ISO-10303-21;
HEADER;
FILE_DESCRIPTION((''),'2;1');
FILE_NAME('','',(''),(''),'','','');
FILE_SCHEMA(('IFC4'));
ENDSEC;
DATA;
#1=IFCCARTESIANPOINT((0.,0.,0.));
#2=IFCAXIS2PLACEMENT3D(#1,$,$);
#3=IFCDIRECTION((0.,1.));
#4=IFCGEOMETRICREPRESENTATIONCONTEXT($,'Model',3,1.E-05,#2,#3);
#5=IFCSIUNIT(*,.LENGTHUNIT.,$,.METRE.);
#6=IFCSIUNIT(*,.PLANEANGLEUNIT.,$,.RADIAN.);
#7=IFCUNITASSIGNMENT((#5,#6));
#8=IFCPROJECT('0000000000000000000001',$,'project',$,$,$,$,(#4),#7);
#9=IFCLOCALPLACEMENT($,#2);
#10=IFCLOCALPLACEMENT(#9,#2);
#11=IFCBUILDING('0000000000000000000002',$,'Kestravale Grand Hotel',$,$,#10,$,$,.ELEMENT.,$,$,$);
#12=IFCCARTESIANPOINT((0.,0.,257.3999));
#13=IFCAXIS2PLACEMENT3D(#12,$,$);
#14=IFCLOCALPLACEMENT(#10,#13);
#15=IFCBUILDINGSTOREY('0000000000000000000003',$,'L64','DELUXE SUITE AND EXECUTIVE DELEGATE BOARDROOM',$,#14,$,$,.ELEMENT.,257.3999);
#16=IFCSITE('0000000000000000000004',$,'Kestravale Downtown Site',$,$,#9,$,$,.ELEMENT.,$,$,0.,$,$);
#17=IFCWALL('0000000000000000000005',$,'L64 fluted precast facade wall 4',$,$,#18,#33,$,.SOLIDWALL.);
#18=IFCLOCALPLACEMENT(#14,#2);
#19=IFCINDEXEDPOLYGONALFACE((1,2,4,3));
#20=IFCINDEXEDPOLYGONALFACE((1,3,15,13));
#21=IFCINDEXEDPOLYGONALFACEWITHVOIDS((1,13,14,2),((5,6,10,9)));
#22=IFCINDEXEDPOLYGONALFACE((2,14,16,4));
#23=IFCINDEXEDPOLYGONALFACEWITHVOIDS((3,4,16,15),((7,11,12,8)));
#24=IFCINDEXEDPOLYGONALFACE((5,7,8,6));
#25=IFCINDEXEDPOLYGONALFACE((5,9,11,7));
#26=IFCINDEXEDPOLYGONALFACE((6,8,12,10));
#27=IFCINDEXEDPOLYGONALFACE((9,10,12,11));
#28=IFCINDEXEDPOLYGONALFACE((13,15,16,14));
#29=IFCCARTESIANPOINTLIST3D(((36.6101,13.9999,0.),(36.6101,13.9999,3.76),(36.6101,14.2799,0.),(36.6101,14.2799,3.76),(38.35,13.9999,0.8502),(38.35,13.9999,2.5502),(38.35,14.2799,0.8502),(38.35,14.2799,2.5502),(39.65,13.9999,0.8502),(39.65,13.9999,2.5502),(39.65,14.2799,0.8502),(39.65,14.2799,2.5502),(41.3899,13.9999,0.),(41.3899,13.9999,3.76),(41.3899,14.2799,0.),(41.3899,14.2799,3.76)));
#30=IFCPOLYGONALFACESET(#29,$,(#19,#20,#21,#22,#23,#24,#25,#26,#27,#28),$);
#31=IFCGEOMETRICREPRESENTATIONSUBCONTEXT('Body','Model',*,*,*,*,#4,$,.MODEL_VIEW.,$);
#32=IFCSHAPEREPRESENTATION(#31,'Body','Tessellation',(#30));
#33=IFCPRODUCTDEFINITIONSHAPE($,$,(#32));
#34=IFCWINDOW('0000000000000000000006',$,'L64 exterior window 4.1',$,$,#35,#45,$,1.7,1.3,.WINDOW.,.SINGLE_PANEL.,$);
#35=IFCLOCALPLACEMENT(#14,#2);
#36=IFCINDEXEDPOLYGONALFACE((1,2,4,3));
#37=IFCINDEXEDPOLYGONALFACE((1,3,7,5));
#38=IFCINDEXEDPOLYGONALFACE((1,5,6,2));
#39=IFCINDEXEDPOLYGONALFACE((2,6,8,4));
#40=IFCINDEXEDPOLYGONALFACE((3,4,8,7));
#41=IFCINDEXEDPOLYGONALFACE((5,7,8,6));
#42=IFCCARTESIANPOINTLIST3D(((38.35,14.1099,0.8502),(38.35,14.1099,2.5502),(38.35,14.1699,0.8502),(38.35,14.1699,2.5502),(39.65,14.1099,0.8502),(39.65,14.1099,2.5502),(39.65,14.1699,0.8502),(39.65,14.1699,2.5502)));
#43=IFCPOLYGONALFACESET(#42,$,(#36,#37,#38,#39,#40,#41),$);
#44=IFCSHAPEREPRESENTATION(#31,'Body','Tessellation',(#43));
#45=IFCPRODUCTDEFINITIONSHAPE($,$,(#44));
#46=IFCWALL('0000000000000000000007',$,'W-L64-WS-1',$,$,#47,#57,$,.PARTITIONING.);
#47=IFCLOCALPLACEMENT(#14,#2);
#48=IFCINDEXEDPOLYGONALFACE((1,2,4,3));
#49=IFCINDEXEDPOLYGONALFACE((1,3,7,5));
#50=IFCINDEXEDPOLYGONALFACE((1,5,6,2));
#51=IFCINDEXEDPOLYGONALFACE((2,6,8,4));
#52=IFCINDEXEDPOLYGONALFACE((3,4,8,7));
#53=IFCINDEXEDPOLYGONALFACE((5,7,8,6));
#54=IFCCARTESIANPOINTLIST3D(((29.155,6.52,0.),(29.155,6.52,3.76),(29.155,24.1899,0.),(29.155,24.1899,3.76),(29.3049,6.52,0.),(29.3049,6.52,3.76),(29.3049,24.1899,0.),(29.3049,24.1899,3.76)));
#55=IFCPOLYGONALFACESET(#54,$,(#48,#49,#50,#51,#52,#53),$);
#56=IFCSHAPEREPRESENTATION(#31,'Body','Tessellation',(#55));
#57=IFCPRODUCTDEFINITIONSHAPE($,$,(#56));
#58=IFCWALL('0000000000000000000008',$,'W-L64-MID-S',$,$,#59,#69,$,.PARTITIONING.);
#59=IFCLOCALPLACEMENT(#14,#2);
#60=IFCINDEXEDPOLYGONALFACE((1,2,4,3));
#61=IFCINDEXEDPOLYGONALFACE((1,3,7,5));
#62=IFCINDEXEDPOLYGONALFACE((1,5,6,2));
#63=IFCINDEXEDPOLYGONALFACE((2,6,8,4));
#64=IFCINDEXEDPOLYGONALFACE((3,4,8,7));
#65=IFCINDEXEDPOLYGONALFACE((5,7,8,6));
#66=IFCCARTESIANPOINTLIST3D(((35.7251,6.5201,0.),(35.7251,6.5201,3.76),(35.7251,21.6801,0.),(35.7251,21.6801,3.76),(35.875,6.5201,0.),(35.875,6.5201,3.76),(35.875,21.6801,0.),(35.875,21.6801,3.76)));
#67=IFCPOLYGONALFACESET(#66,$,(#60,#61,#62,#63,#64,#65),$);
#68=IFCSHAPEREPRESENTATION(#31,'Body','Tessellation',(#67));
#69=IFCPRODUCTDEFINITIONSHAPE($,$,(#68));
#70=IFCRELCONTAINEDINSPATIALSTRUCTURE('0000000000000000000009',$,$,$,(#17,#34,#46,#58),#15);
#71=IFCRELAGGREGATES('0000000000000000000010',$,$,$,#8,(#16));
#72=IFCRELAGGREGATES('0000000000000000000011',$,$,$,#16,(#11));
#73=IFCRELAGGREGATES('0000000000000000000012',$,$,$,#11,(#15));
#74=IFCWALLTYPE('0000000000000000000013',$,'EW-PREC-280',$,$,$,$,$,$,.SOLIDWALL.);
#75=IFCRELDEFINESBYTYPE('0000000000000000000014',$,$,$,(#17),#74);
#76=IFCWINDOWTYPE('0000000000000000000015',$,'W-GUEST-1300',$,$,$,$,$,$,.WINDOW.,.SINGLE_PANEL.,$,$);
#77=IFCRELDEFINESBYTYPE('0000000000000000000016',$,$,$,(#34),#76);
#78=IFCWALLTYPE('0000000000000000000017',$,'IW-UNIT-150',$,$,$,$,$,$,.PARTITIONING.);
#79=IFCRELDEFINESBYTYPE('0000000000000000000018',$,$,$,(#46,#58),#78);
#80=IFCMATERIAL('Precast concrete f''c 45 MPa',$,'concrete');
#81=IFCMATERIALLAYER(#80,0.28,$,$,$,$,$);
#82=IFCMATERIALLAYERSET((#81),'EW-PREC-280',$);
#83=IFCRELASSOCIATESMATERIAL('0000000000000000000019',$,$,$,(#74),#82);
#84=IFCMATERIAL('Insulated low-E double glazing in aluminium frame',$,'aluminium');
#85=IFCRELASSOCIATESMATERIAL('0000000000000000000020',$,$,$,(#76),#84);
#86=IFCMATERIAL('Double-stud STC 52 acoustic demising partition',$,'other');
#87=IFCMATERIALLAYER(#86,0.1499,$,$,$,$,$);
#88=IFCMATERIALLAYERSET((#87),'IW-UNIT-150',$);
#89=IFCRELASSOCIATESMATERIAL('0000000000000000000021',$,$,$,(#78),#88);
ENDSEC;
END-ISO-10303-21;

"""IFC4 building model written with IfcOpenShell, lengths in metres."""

from ifc_helpers import new_model, si_unit, direction, frame, frame_2d, origin, place, context, subcontext, project, spatial, rectangle, extrude, material, layer, layer_set, type_object, element, fill, save


model = new_model("IFC4")

# Units and contexts
model_context = context("Model", 3, precision=1e-05, world=origin(), true_north=direction((0.0, 1.0)))
body_context = subcontext(model_context, "Body", "Model", "MODEL_VIEW")
ifc_project = project(units=[si_unit("LENGTHUNIT", "METRE"), si_unit("PLANEANGLEUNIT", "RADIAN")], contexts=[model_context])

# Site, building, storey
site_placement = place(None, origin())
site = spatial("IfcSite", under=ifc_project, at=site_placement, Name="Kestravale Downtown Site", CompositionType="ELEMENT", RefElevation=0.0)
building_placement = place(site_placement, origin())
building = spatial("IfcBuilding", under=site, at=building_placement, Name="Kestravale Grand Hotel", CompositionType="ELEMENT")
storey_placement = place(building_placement, frame((0.0, 0.0, 257.3999)))
storey = spatial("IfcBuildingStorey", under=building, at=storey_placement, Name="L64", Description="DELUXE SUITE AND EXECUTIVE DELEGATE BOARDROOM", CompositionType="ELEMENT", Elevation=257.3999)

# Shared definitions
ifc_material_1 = material(Name="Precast concrete f'c 45 MPa", Category="concrete")
ifc_layer_1 = layer(ifc_material_1, 0.28)
ifc_layer_set_1 = layer_set([ifc_layer_1], Name="EW-PREC-280")
wall_type_1 = type_object("IfcWallType", Name="EW-PREC-280", PredefinedType="SOLIDWALL", material=ifc_layer_set_1)

# Wall, opening, window
ifc_material_2 = material(Name="Insulated low-E double glazing in aluminium frame", Category="aluminium")
window_type = type_object("IfcWindowType", Name="W-GUEST-1300", PartitioningType="SINGLE_PANEL", PredefinedType="WINDOW", material=ifc_material_2)
wall_1_placement = place(storey_placement, frame((36.6101, 14.1399, 0.0), z_axis=(0.0, 0.0, 1.0), x_axis=(1.0, 0.0, 0.0)))
wall_1 = element("IfcWall", 1, at=wall_1_placement, inside=storey, type_object=wall_type_1, Name="L64 fluted precast facade wall 4", PredefinedType="SOLIDWALL", context=body_context, shape_type="SweptSolid", body=[
    extrude(rectangle(XDim=4.7798, YDim=0.28, at=frame_2d((2.3899, 0.0))), origin(), (0.0, 0.0, 1.0), 3.76),
])
opening_1_placement = place(wall_1_placement, frame((1.74, 0.0, 0.8501)))
opening_1 = element("IfcOpeningElement", 2, at=opening_1_placement, cuts=wall_1, PredefinedType="OPENING", context=body_context, shape_type="SweptSolid", body=[
    extrude(rectangle(XDim=1.3, YDim=1.7, at=frame_2d((0.6499, 0.8501))), frame((0.0, 0.1499, 0.0), z_axis=(0.0, -1.0, 0.0), x_axis=(1.0, 0.0, 0.0)), (0.0, 0.0, 1.0), 0.3),
])
window_1_placement = place(opening_1_placement, origin())
window_1 = element("IfcWindow", 3, at=window_1_placement, inside=storey, type_object=window_type, Name="L64 exterior window 4.1", OverallHeight=1.7, OverallWidth=1.3, PartitioningType="SINGLE_PANEL", PredefinedType="WINDOW", context=body_context, shape_type="SweptSolid", body=[
    extrude(rectangle(XDim=1.3, YDim=1.7, at=frame_2d((0.6499, 0.8501))), frame((0.0, 0.03, 0.0), z_axis=(0.0, -1.0, 0.0), x_axis=(1.0, 0.0, 0.0)), (0.0, 0.0, 1.0), 0.0601),
])
fill(opening_1, window_1)

# Walls
ifc_material_3 = material(Name="Double-stud STC 52 acoustic demising partition", Category="other")
ifc_layer_2 = layer(ifc_material_3, 0.1499)
ifc_layer_set_2 = layer_set([ifc_layer_2], Name="IW-UNIT-150")
wall_type_2 = type_object("IfcWallType", Name="IW-UNIT-150", PredefinedType="PARTITIONING", material=ifc_layer_set_2)
wall_2_placement = place(storey_placement, frame((29.23, 6.52, 0.0), z_axis=(0.0, 0.0, 1.0), x_axis=(0.0, 1.0, 0.0)))
element("IfcWall", 4, at=wall_2_placement, inside=storey, type_object=wall_type_2, Name="W-L64-WS-1", PredefinedType="PARTITIONING", context=body_context, shape_type="SweptSolid", body=[
    extrude(rectangle(XDim=17.6699, YDim=0.1499, at=frame_2d((8.835, 0.0))), origin(), (0.0, 0.0, 1.0), 3.76),
])
wall_3_placement = place(storey_placement, frame((35.8, 6.52, 0.0), z_axis=(0.0, 0.0, 1.0), x_axis=(0.0, 1.0, 0.0)))
element("IfcWall", 5, at=wall_3_placement, inside=storey, type_object=wall_type_2, Name="W-L64-MID-S", PredefinedType="PARTITIONING", context=body_context, shape_type="SweptSolid", body=[
    extrude(rectangle(XDim=15.1599, YDim=0.1499, at=frame_2d((7.5801, 0.0))), origin(), (0.0, 0.0, 1.0), 3.76),
])

save(model, "model.ifc")
